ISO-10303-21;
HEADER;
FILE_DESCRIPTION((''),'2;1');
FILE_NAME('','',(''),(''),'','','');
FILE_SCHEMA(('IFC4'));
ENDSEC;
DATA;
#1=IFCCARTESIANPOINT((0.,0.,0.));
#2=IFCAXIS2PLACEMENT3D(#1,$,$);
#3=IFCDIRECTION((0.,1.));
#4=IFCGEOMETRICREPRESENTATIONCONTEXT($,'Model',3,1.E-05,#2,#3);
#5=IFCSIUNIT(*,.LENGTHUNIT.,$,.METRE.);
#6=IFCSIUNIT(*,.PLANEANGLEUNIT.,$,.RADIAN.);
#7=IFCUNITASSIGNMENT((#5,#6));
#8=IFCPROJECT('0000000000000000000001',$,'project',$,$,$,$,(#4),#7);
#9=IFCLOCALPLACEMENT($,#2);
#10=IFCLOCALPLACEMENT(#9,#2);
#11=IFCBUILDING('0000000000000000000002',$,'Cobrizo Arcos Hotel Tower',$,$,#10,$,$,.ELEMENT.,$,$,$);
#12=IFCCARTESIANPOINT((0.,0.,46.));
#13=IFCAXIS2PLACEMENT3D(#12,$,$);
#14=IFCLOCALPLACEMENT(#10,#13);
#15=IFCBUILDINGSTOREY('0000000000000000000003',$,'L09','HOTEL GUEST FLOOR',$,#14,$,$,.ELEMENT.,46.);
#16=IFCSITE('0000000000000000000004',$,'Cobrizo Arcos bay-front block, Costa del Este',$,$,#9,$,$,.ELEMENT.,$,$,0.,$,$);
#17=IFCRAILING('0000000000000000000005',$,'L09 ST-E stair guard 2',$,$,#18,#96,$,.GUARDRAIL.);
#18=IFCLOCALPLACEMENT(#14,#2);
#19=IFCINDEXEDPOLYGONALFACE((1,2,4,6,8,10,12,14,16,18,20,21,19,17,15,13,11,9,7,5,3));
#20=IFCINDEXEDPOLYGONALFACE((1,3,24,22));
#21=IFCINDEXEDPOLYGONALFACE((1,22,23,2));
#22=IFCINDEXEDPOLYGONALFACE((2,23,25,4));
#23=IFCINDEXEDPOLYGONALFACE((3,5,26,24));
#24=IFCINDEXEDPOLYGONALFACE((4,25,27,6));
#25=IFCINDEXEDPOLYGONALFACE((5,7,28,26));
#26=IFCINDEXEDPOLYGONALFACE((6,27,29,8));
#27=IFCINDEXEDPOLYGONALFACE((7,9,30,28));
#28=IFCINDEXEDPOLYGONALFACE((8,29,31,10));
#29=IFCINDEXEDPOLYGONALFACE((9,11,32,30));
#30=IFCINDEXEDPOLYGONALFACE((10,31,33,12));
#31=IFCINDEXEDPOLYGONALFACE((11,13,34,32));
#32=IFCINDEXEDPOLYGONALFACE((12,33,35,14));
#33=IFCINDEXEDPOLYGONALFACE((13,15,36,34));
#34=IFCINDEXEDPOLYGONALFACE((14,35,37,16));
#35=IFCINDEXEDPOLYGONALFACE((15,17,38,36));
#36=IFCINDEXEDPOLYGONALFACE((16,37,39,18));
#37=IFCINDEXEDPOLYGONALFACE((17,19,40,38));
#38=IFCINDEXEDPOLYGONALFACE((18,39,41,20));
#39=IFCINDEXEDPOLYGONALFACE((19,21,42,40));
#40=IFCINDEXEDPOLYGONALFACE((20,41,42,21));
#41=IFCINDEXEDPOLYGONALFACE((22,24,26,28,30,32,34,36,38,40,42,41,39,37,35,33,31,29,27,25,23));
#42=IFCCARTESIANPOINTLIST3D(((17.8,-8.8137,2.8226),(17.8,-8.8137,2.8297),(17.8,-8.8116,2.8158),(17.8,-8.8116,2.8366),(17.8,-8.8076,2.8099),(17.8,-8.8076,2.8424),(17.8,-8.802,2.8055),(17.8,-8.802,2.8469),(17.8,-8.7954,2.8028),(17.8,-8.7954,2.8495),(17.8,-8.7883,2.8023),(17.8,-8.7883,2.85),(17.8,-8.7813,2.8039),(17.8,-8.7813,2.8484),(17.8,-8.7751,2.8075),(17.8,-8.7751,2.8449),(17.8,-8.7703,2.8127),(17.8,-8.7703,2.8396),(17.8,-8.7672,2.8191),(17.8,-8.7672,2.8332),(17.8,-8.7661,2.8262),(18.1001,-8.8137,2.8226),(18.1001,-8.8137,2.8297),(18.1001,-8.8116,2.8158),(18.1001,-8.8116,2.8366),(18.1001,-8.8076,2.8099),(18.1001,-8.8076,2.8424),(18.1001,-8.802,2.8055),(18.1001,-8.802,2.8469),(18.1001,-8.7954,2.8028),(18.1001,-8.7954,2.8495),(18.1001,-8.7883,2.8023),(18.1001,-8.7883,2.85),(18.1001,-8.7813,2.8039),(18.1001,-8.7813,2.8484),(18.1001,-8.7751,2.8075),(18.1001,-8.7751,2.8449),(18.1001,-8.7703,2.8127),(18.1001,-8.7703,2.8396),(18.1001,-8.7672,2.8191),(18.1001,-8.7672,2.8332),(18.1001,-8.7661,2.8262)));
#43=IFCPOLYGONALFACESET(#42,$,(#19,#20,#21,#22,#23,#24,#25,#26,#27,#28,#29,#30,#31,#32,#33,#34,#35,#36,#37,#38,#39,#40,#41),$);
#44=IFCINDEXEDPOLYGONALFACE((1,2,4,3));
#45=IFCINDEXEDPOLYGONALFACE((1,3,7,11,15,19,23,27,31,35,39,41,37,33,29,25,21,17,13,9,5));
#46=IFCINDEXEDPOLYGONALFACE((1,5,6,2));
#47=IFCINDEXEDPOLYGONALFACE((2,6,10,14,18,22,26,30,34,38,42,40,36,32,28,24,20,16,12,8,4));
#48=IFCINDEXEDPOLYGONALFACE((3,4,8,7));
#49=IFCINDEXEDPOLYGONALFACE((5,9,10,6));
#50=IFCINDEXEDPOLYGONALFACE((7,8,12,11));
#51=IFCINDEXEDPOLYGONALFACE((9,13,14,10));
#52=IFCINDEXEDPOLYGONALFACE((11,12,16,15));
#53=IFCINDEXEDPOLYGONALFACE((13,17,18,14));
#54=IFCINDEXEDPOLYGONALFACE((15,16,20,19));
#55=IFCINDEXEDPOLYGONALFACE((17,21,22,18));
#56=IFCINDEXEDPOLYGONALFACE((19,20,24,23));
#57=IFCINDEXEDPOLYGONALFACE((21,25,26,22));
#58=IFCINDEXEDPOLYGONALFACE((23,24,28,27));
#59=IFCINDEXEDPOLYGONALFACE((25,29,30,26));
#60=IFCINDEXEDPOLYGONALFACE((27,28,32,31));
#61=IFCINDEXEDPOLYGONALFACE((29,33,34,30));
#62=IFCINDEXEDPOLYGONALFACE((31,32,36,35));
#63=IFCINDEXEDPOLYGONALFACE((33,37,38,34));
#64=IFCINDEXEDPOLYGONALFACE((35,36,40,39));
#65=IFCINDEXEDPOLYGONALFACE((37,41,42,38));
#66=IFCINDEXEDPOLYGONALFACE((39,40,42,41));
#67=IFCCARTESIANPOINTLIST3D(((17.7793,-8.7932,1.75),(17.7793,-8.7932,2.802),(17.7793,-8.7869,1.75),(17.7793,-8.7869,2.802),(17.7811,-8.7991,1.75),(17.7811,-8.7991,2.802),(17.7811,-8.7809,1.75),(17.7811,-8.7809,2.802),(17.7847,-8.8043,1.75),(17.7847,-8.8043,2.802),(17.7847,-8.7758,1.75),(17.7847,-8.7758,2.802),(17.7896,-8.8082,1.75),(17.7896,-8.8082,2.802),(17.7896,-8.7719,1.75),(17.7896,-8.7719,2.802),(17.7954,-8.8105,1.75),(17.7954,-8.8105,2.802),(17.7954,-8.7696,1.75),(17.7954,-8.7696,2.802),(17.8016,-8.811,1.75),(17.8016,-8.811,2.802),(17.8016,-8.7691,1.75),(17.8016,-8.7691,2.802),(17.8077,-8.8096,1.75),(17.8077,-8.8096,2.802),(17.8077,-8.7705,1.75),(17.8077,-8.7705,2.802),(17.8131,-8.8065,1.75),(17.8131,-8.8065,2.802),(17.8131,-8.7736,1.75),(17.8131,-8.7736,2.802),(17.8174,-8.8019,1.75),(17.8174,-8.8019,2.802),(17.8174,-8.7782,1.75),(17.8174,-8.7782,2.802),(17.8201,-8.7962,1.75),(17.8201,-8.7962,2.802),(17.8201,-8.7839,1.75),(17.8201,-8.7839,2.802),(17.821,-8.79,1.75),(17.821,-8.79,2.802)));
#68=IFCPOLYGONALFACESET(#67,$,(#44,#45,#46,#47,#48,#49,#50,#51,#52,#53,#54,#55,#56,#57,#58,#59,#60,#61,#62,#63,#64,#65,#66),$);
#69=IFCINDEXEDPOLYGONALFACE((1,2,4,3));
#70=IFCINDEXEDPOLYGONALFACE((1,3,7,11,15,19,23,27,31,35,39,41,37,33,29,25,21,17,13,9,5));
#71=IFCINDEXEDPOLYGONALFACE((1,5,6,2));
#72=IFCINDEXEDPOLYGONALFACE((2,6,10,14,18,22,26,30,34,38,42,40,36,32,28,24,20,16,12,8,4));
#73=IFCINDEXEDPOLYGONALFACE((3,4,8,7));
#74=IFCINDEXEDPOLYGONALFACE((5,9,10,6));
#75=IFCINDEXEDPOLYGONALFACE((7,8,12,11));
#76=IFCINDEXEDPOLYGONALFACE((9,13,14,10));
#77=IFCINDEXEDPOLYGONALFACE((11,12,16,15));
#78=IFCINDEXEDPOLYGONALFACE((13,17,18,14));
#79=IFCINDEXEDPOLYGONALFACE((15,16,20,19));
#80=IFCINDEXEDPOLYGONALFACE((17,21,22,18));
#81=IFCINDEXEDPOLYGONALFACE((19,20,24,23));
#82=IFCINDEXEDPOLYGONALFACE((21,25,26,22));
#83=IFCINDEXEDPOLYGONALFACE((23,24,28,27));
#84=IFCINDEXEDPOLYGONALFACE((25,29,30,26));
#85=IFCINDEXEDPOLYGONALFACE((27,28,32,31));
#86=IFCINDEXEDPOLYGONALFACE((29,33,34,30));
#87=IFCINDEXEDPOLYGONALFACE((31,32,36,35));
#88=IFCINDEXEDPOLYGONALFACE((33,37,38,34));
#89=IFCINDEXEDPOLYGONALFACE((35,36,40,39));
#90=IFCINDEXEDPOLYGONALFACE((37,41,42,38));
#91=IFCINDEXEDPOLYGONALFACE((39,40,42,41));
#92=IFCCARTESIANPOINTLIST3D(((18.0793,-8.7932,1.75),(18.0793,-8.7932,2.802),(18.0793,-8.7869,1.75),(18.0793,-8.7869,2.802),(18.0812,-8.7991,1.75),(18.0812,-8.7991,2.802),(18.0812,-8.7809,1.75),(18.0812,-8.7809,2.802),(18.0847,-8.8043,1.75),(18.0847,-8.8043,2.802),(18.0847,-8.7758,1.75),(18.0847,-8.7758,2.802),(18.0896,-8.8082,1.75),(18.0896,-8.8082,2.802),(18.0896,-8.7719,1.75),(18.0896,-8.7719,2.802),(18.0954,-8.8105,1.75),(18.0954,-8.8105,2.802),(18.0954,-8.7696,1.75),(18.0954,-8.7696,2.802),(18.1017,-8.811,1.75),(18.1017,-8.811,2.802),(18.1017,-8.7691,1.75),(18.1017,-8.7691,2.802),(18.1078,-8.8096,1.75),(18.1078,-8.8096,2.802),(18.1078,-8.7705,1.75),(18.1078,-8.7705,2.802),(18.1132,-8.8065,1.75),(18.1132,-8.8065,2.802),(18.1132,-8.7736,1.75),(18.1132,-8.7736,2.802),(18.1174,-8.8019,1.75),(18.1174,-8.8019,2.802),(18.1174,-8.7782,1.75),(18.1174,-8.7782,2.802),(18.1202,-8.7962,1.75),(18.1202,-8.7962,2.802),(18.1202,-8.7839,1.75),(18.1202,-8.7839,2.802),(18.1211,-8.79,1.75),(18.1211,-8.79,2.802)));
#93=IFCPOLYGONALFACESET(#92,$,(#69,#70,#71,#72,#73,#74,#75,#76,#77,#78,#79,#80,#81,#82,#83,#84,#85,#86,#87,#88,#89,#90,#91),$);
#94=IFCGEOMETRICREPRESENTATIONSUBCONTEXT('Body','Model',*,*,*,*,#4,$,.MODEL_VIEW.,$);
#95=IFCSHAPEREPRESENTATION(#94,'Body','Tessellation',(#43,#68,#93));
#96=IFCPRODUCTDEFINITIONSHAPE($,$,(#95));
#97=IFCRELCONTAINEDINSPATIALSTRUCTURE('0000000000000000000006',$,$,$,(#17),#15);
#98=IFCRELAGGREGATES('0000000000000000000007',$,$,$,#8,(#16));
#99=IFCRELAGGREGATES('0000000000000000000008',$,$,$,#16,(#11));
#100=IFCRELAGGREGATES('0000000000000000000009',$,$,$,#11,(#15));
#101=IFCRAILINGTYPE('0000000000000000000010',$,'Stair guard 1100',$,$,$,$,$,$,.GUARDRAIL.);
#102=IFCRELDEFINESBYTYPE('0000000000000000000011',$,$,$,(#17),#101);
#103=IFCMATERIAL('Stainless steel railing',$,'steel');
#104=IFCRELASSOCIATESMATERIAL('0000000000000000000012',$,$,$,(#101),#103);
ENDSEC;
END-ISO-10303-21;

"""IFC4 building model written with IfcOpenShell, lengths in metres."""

from ifc_helpers import new_model, si_unit, direction, frame, origin, origin_2d, place, context, subcontext, project, spatial, circle, extrude, material, type_object, element, save


model = new_model("IFC4")

# Units and contexts
model_context = context("Model", 3, precision=1e-05, world=origin(), true_north=direction((0.0, 1.0)))
body_context = subcontext(model_context, "Body", "Model", "MODEL_VIEW")
ifc_project = project(units=[si_unit("LENGTHUNIT", "METRE"), si_unit("PLANEANGLEUNIT", "RADIAN")], contexts=[model_context])

# Site, building, storey
site_placement = place(None, origin())
site = spatial("IfcSite", under=ifc_project, at=site_placement, Name="Cobrizo Arcos bay-front block, Costa del Este", CompositionType="ELEMENT", RefElevation=0.0)
building_placement = place(site_placement, origin())
building = spatial("IfcBuilding", under=site, at=building_placement, Name="Cobrizo Arcos Hotel Tower", CompositionType="ELEMENT")
storey_placement = place(building_placement, frame((0.0, 0.0, 46.0)))
storey = spatial("IfcBuildingStorey", under=building, at=storey_placement, Name="L09", Description="HOTEL GUEST FLOOR", CompositionType="ELEMENT", Elevation=46.0)

# Railing
ifc_material_1 = material(Name="Stainless steel railing", Category="steel")
railing_type_1 = type_object("IfcRailingType", Name="Stair guard 1100", PredefinedType="GUARDRAIL", material=ifc_material_1)
railing_1_placement = place(storey_placement, frame((17.8, -8.79, 1.75)))
element("IfcRailing", 1, at=railing_1_placement, inside=storey, type_object=railing_type_1, Name="L09 ST-E stair guard 2", PredefinedType="GUARDRAIL", context=body_context, shape_type="SweptSolid", body=[
    extrude(circle(Radius=0.0239, at=origin_2d()), frame((0.0, 0.0, 1.0762), z_axis=(1.0, 0.0, 0.0), x_axis=(0.0, 1.0, 0.0)), (0.0, 0.0, 1.0), 0.3),
    extrude(circle(Radius=0.021, at=origin_2d()), origin(), (0.0, 0.0, 1.0), 1.052),
    extrude(circle(Radius=0.021, at=origin_2d()), frame((0.3, 0.0, 0.0)), (0.0, 0.0, 1.0), 1.052),
])

save(model, "model.ifc")
